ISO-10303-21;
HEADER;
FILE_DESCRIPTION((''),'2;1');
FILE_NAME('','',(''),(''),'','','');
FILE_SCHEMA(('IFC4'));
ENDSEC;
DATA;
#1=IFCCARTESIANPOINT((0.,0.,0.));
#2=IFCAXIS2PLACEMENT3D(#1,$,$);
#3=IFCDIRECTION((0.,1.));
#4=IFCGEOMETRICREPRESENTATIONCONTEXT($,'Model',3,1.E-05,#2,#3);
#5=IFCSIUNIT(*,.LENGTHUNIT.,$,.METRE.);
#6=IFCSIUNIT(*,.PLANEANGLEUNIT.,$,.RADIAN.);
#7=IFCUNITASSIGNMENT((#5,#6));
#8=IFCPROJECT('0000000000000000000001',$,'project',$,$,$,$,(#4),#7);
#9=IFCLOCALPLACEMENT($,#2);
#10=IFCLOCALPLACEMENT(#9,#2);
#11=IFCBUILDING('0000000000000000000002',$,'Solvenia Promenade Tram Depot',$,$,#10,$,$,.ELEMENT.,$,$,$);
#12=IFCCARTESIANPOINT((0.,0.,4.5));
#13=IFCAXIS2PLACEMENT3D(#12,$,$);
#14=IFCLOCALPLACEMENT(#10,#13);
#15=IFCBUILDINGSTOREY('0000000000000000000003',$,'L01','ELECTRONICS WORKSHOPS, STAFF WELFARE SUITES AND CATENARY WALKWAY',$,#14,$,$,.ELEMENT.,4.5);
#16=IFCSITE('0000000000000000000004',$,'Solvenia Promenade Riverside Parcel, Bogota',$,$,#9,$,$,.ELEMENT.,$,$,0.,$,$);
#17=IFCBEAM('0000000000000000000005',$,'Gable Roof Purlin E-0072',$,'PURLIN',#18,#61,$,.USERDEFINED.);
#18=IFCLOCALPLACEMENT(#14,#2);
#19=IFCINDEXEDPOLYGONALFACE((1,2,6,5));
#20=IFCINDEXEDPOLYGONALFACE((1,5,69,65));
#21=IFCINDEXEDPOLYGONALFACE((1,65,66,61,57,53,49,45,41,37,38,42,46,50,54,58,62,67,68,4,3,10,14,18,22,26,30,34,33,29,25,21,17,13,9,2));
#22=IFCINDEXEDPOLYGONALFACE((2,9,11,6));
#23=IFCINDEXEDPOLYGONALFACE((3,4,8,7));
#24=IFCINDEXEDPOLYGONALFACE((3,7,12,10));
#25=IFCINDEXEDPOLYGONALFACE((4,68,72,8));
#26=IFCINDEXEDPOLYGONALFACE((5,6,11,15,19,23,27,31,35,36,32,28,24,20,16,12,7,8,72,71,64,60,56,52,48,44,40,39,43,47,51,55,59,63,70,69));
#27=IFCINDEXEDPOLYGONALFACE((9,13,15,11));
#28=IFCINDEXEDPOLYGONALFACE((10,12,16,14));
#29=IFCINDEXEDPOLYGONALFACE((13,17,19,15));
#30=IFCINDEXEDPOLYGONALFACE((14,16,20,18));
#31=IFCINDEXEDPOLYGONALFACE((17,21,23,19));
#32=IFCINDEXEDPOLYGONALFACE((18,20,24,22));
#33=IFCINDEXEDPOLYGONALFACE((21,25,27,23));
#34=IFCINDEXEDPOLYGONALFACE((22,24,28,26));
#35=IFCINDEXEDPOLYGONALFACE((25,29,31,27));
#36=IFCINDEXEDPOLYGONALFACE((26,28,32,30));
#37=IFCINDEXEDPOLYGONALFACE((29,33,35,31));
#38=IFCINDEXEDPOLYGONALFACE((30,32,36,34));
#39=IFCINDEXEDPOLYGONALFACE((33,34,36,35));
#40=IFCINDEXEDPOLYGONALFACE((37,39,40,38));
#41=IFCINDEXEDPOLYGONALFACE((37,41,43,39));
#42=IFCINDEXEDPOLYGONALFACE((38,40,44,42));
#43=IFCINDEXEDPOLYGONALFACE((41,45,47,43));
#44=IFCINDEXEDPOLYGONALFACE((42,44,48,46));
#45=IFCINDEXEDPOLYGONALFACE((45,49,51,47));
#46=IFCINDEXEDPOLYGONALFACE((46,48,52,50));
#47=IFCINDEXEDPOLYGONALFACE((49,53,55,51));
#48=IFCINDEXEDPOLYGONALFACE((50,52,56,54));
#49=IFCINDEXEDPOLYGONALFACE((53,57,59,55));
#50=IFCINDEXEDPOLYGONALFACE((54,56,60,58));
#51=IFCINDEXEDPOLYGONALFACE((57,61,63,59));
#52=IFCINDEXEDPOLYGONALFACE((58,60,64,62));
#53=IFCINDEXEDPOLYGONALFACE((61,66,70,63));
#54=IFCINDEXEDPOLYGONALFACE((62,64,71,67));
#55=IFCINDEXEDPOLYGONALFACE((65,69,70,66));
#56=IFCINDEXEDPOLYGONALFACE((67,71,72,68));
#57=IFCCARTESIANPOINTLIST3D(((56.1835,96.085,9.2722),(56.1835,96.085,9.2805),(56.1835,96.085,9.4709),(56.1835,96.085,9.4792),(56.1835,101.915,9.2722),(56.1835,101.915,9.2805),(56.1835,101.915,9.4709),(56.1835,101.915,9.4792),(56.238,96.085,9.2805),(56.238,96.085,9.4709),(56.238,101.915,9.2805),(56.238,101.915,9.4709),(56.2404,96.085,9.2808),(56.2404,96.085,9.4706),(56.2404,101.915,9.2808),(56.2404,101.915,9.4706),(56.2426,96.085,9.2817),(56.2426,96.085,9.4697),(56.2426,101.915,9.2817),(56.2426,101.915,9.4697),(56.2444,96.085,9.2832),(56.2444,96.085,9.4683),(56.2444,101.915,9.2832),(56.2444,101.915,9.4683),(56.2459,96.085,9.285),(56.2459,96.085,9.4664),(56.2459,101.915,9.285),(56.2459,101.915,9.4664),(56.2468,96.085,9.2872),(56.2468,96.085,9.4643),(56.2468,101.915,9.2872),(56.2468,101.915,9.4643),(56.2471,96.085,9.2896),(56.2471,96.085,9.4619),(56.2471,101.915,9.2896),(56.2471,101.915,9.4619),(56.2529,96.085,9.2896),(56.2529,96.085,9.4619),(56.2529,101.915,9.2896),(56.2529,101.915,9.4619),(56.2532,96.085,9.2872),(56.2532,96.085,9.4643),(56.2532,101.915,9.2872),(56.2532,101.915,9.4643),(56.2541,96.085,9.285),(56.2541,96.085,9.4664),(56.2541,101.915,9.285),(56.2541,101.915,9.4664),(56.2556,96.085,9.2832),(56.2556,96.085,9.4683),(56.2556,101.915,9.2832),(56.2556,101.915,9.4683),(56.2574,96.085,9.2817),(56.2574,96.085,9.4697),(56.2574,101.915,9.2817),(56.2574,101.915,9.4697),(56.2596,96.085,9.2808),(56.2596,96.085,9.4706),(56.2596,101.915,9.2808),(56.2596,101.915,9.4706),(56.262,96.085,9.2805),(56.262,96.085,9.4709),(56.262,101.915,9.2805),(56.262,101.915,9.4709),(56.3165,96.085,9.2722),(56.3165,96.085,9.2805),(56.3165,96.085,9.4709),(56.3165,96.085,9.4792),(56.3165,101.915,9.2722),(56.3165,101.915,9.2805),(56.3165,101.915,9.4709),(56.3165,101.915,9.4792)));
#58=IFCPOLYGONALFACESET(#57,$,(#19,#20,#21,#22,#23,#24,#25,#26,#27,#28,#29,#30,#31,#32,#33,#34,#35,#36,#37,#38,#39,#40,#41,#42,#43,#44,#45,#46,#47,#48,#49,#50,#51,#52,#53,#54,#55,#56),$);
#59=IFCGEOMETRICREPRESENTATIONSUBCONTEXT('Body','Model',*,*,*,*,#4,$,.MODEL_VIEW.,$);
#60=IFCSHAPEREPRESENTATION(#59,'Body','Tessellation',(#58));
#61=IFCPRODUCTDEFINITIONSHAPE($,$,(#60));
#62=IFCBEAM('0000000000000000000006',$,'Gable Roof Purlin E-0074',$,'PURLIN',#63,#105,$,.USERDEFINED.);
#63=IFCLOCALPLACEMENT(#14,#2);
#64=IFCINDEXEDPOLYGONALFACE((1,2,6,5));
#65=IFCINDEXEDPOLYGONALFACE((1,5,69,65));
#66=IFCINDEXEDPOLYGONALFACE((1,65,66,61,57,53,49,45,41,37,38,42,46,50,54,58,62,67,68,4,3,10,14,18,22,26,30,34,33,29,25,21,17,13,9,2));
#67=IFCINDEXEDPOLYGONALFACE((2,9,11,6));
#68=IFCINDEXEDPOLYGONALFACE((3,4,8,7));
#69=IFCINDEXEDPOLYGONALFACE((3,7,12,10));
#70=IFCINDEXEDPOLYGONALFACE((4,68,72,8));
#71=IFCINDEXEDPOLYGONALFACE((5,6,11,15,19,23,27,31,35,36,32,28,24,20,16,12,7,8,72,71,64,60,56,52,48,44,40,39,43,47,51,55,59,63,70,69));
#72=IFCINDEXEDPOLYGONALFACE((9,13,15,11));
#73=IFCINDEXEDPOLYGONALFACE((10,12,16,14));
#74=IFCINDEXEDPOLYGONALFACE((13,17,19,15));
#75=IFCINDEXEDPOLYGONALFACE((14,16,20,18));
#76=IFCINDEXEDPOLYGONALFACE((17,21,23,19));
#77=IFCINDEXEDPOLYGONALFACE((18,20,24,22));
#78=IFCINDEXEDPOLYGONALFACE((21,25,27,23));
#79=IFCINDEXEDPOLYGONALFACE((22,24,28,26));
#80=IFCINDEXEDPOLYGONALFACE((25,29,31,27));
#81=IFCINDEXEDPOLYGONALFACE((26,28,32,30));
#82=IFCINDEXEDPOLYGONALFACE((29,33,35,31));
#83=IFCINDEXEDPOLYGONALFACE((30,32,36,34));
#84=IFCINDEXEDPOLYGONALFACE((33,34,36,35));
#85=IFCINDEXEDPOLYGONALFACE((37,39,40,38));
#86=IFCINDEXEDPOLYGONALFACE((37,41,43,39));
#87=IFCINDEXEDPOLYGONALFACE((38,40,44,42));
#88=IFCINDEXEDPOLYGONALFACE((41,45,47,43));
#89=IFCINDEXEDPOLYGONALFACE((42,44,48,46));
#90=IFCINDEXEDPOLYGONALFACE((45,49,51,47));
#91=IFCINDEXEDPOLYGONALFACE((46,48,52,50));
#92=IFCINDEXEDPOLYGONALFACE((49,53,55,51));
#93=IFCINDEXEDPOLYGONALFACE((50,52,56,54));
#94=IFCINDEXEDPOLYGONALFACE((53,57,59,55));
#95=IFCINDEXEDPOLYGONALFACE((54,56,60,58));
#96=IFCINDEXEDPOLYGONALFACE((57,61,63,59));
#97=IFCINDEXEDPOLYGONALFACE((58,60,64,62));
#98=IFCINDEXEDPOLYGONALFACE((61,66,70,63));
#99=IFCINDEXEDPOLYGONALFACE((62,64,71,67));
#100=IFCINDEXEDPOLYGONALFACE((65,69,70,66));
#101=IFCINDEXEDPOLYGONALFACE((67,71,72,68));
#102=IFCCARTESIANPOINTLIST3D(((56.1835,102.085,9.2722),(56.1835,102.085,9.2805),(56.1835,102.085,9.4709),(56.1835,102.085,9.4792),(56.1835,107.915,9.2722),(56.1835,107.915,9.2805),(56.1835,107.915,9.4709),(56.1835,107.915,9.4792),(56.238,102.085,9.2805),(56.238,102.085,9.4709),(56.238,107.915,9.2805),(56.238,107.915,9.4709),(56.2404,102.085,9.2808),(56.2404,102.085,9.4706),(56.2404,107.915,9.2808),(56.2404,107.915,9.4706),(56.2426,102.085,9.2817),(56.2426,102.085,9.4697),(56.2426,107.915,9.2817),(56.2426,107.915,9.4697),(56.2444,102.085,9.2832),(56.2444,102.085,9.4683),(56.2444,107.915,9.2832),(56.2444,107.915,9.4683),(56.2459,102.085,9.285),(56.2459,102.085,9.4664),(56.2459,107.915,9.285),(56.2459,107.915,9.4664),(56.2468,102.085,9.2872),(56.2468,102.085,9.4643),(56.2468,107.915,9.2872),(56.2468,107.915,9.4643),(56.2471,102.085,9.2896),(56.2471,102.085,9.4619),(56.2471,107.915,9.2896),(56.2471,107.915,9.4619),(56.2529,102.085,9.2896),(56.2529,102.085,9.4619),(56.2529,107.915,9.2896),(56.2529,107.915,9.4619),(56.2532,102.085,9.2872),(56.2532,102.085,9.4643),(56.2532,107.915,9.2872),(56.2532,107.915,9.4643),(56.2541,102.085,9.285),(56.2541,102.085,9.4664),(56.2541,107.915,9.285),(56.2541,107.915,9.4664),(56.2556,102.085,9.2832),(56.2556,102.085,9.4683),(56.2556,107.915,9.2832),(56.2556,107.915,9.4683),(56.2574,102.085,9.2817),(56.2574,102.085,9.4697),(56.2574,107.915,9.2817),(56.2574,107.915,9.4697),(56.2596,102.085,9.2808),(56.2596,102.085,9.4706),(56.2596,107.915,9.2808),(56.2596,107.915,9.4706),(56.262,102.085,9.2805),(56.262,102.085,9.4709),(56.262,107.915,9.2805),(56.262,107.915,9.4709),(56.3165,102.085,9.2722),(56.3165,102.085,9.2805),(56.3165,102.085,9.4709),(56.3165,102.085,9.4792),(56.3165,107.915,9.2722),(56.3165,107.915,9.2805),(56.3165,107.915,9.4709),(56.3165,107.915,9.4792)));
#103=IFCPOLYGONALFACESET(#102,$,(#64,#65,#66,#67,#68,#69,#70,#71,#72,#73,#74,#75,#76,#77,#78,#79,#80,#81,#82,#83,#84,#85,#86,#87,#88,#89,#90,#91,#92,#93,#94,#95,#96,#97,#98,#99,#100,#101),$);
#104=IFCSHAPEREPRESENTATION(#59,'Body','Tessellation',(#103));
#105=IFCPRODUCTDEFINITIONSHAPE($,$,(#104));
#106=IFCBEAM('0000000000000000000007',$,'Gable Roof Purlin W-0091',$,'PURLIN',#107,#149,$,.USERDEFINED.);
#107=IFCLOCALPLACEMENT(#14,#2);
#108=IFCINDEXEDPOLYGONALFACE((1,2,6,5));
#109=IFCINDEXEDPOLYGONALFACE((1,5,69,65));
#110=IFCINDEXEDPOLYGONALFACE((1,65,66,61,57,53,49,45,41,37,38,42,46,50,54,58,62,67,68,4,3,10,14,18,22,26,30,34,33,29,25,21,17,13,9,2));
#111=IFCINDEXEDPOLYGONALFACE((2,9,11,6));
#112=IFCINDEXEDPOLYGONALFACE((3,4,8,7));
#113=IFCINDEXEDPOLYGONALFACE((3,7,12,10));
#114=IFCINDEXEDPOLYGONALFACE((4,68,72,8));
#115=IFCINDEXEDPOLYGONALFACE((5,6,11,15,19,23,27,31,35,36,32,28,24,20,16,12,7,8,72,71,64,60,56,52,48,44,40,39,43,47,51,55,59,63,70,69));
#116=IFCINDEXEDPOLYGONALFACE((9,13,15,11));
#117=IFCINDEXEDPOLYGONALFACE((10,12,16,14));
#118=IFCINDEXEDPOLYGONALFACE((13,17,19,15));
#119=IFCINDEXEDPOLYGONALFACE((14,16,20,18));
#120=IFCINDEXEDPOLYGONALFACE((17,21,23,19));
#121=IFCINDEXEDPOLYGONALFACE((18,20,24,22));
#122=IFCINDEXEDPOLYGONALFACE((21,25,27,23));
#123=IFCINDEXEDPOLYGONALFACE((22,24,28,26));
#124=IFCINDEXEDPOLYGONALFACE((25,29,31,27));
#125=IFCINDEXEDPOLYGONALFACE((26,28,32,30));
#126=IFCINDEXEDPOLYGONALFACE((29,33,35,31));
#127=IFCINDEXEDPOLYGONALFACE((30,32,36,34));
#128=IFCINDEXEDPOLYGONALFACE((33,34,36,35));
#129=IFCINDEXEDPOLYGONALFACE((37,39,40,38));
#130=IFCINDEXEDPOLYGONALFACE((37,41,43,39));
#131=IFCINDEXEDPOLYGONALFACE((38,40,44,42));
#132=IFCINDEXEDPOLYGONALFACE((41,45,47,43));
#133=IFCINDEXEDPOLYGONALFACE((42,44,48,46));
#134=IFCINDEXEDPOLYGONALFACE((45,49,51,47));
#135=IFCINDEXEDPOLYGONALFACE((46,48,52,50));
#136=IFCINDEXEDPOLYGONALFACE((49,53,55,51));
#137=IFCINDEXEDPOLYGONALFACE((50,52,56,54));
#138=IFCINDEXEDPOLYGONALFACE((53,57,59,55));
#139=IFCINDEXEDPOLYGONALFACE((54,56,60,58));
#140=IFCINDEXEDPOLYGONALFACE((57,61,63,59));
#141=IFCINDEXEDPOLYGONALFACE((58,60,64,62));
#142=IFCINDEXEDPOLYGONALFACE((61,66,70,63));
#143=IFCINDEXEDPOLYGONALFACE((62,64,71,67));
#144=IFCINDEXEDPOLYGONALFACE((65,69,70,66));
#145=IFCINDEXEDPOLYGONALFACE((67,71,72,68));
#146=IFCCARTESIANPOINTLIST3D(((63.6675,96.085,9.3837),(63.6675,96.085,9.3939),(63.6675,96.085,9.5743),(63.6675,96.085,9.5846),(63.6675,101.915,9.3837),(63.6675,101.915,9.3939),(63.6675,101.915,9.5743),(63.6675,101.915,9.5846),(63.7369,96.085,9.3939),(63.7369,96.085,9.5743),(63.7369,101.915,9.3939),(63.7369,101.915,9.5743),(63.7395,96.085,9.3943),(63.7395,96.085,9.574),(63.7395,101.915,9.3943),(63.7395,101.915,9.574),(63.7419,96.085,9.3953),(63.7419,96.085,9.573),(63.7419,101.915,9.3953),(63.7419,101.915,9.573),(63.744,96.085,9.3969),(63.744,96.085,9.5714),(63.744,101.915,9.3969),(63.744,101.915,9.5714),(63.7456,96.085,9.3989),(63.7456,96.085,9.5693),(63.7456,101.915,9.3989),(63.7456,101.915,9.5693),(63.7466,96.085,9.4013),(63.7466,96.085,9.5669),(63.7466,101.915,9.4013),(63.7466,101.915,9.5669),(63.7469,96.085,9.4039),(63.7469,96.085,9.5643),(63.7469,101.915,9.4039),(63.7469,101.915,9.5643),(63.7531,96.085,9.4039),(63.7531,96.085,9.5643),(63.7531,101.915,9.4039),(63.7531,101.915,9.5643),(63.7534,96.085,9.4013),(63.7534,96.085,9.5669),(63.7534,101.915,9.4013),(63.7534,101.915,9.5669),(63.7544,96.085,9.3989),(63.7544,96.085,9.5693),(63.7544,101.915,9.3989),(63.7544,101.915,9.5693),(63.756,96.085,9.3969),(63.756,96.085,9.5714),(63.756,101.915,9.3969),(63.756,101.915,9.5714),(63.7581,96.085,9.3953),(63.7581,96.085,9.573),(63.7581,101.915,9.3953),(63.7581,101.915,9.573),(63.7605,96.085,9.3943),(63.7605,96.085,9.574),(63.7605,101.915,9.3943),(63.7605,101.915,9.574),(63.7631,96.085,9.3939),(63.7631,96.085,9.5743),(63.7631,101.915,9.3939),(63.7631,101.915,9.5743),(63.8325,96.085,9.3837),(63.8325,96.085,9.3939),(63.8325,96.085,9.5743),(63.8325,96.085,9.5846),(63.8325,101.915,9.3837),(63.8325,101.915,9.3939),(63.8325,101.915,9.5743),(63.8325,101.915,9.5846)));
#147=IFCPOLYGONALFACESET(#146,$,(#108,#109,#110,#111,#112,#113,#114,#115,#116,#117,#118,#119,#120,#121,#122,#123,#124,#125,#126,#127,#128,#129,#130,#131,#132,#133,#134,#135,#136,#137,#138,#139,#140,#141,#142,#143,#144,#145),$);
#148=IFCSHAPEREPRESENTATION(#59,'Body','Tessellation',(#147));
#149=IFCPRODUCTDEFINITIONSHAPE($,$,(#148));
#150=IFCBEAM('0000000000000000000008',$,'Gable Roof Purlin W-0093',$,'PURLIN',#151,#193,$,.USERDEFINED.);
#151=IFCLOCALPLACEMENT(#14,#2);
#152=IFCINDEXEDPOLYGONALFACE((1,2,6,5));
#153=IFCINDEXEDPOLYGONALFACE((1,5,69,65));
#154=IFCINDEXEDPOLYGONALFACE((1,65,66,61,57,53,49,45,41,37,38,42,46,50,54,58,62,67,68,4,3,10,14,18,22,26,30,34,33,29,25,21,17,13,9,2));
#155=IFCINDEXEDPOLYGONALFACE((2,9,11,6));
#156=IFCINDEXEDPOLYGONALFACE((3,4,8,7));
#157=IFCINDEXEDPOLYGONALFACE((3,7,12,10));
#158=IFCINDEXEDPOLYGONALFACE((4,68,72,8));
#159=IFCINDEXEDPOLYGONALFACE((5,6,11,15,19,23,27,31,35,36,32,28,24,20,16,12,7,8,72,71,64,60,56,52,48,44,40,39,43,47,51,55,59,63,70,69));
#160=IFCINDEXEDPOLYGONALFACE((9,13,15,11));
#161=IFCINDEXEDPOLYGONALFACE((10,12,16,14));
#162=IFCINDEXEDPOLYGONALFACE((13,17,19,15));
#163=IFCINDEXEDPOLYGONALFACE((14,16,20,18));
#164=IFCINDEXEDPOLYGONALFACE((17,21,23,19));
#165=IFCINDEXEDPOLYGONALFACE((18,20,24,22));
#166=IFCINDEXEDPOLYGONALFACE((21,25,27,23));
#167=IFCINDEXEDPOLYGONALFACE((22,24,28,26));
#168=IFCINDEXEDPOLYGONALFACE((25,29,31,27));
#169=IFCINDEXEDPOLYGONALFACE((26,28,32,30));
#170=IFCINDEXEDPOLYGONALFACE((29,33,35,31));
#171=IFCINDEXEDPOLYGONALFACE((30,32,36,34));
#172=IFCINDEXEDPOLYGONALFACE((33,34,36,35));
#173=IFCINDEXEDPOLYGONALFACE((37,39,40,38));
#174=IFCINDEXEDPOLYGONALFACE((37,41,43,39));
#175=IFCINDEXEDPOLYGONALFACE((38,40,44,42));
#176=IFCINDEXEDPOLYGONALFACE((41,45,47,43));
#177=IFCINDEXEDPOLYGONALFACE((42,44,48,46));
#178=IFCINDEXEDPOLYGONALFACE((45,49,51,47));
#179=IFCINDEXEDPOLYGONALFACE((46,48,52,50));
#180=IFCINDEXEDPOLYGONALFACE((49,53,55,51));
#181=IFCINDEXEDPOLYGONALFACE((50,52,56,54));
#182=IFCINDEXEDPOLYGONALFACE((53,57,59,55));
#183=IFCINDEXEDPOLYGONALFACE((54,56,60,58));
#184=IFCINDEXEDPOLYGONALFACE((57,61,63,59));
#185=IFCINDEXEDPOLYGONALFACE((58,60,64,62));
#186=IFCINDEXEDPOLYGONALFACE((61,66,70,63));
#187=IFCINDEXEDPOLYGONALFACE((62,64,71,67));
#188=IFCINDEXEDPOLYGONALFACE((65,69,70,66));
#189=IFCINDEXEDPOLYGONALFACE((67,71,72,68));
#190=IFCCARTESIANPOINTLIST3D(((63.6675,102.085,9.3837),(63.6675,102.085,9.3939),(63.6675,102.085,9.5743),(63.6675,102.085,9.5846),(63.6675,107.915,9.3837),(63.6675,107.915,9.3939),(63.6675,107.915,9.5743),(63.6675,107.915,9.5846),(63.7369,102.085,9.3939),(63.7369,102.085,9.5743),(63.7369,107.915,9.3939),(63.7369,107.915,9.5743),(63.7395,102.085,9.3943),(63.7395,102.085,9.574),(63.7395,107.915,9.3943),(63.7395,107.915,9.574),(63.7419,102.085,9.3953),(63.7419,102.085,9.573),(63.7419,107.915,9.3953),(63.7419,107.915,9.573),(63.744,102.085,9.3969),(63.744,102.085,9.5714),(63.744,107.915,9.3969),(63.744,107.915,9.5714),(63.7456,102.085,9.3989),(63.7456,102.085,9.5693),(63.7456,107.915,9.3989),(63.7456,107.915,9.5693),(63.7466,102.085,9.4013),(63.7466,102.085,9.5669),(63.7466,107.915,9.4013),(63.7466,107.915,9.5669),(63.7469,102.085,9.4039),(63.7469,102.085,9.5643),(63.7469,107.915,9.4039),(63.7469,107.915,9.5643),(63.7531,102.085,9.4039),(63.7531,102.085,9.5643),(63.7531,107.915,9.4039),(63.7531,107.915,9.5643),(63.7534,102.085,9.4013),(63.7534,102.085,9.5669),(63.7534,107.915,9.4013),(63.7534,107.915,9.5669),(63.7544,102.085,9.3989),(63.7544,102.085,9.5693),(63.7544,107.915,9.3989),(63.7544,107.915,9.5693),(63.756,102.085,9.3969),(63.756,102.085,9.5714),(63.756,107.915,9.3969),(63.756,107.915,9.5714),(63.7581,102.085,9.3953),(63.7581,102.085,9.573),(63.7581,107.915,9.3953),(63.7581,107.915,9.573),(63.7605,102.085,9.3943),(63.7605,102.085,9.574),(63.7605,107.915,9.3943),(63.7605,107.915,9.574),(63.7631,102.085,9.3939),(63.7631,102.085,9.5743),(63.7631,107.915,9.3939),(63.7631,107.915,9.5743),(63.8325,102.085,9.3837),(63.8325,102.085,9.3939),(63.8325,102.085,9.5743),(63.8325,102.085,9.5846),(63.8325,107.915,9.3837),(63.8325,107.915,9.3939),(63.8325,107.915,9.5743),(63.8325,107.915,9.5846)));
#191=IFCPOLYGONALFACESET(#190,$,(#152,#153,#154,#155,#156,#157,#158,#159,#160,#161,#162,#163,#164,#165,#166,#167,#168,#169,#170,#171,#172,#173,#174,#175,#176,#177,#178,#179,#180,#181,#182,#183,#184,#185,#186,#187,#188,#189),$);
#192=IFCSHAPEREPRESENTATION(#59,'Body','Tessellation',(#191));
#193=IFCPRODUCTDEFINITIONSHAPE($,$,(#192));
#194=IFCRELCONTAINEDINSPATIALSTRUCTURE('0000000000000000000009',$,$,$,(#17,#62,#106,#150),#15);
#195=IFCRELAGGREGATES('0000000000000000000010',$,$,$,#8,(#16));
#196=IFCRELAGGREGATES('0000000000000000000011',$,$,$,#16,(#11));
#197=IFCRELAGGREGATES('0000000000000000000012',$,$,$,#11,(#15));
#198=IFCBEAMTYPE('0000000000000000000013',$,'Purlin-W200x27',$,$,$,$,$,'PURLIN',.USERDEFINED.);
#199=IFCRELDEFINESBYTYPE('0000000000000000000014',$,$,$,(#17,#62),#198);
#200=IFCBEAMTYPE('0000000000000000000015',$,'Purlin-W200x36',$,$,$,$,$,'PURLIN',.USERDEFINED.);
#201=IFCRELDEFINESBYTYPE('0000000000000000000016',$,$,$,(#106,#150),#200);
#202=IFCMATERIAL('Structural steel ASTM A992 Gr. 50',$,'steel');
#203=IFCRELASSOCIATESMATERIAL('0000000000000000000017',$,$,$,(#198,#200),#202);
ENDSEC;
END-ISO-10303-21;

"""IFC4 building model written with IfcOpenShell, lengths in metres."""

from ifc_helpers import new_model, si_unit, direction, frame, origin, origin_2d, place, context, subcontext, project, spatial, i_section, extrude, material, material_profile, profile_set, type_object, element, save


model = new_model("IFC4")

# Units and contexts
model_context = context("Model", 3, precision=1e-05, world=origin(), true_north=direction((0.0, 1.0)))
body_context = subcontext(model_context, "Body", "Model", "MODEL_VIEW")
ifc_project = project(units=[si_unit("LENGTHUNIT", "METRE"), si_unit("PLANEANGLEUNIT", "RADIAN")], contexts=[model_context])

# Site, building, storey
site_placement = place(None, origin())
site = spatial("IfcSite", under=ifc_project, at=site_placement, Name="Solvenia Promenade Riverside Parcel, Bogota", CompositionType="ELEMENT", RefElevation=0.0)
building_placement = place(site_placement, origin())
building = spatial("IfcBuilding", under=site, at=building_placement, Name="Solvenia Promenade Tram Depot", CompositionType="ELEMENT")
storey_placement = place(building_placement, frame((0.0, 0.0, 4.5)))
storey = spatial("IfcBuildingStorey", under=building, at=storey_placement, Name="L01", Description="ELECTRONICS WORKSHOPS, STAFF WELFARE SUITES AND CATENARY WALKWAY", CompositionType="ELEMENT", Elevation=4.5)

# Beams
ifc_material_1 = material(Name="Structural steel ASTM A992 Gr. 50", Category="steel")
ifc_material_profile_1 = material_profile(ifc_material_1, i_section(OverallWidth=0.1331, OverallDepth=0.207, WebThickness=0.0059, FlangeThickness=0.0083, FilletRadius=0.009, at=origin_2d()), Name="W200x27", Category="steel")
ifc_profile_set_1 = profile_set([ifc_material_profile_1], Name="Structural steel ASTM A992 Gr. 50")
beam_type_1 = type_object("IfcBeamType", Name="Purlin-W200x27", ElementType="PURLIN", PredefinedType="USERDEFINED", material=ifc_profile_set_1)
for number, where, z_axis, x_axis, name in (
    (1, (56.25, 96.085, 9.3757), (0.0, 1.0, 0.0), (-1.0, 0.0, 0.0), "Gable Roof Purlin E-0072"),
    (2, (56.25, 102.085, 9.3757), (0.0, 1.0, 0.0), (-1.0, 0.0, 0.0), "Gable Roof Purlin E-0074"),
):
    element("IfcBeam", number, at=place(storey_placement, frame(where, z_axis=z_axis, x_axis=x_axis)), inside=storey, type_object=beam_type_1, Name=name, ObjectType="PURLIN", PredefinedType="USERDEFINED", context=body_context, shape_type="SweptSolid", body=[
        extrude(i_section(OverallWidth=0.1331, OverallDepth=0.207, WebThickness=0.0059, FlangeThickness=0.0083, FilletRadius=0.009, at=origin_2d()), origin(), (0.0, 0.0, 1.0), 5.8301),
    ])
ifc_material_profile_2 = material_profile(ifc_material_1, i_section(OverallWidth=0.165, OverallDepth=0.2009, WebThickness=0.0061, FlangeThickness=0.0103, FilletRadius=0.01, at=origin_2d()), Name="W200x36", Category="steel")
ifc_profile_set_2 = profile_set([ifc_material_profile_2], Name="Structural steel ASTM A992 Gr. 50")
beam_type_2 = type_object("IfcBeamType", Name="Purlin-W200x36", ElementType="PURLIN", PredefinedType="USERDEFINED", material=ifc_profile_set_2)
for number, where, z_axis, x_axis, name in (
    (3, (63.75, 96.085, 9.4841), (0.0, 1.0, 0.0), (-1.0, 0.0, 0.0), "Gable Roof Purlin W-0091"),
    (4, (63.75, 102.085, 9.4841), (0.0, 1.0, 0.0), (-1.0, 0.0, 0.0), "Gable Roof Purlin W-0093"),
):
    element("IfcBeam", number, at=place(storey_placement, frame(where, z_axis=z_axis, x_axis=x_axis)), inside=storey, type_object=beam_type_2, Name=name, ObjectType="PURLIN", PredefinedType="USERDEFINED", context=body_context, shape_type="SweptSolid", body=[
        extrude(i_section(OverallWidth=0.165, OverallDepth=0.2009, WebThickness=0.0061, FlangeThickness=0.0103, FilletRadius=0.01, at=origin_2d()), origin(), (0.0, 0.0, 1.0), 5.8301),
    ])

save(model, "model.ifc")
